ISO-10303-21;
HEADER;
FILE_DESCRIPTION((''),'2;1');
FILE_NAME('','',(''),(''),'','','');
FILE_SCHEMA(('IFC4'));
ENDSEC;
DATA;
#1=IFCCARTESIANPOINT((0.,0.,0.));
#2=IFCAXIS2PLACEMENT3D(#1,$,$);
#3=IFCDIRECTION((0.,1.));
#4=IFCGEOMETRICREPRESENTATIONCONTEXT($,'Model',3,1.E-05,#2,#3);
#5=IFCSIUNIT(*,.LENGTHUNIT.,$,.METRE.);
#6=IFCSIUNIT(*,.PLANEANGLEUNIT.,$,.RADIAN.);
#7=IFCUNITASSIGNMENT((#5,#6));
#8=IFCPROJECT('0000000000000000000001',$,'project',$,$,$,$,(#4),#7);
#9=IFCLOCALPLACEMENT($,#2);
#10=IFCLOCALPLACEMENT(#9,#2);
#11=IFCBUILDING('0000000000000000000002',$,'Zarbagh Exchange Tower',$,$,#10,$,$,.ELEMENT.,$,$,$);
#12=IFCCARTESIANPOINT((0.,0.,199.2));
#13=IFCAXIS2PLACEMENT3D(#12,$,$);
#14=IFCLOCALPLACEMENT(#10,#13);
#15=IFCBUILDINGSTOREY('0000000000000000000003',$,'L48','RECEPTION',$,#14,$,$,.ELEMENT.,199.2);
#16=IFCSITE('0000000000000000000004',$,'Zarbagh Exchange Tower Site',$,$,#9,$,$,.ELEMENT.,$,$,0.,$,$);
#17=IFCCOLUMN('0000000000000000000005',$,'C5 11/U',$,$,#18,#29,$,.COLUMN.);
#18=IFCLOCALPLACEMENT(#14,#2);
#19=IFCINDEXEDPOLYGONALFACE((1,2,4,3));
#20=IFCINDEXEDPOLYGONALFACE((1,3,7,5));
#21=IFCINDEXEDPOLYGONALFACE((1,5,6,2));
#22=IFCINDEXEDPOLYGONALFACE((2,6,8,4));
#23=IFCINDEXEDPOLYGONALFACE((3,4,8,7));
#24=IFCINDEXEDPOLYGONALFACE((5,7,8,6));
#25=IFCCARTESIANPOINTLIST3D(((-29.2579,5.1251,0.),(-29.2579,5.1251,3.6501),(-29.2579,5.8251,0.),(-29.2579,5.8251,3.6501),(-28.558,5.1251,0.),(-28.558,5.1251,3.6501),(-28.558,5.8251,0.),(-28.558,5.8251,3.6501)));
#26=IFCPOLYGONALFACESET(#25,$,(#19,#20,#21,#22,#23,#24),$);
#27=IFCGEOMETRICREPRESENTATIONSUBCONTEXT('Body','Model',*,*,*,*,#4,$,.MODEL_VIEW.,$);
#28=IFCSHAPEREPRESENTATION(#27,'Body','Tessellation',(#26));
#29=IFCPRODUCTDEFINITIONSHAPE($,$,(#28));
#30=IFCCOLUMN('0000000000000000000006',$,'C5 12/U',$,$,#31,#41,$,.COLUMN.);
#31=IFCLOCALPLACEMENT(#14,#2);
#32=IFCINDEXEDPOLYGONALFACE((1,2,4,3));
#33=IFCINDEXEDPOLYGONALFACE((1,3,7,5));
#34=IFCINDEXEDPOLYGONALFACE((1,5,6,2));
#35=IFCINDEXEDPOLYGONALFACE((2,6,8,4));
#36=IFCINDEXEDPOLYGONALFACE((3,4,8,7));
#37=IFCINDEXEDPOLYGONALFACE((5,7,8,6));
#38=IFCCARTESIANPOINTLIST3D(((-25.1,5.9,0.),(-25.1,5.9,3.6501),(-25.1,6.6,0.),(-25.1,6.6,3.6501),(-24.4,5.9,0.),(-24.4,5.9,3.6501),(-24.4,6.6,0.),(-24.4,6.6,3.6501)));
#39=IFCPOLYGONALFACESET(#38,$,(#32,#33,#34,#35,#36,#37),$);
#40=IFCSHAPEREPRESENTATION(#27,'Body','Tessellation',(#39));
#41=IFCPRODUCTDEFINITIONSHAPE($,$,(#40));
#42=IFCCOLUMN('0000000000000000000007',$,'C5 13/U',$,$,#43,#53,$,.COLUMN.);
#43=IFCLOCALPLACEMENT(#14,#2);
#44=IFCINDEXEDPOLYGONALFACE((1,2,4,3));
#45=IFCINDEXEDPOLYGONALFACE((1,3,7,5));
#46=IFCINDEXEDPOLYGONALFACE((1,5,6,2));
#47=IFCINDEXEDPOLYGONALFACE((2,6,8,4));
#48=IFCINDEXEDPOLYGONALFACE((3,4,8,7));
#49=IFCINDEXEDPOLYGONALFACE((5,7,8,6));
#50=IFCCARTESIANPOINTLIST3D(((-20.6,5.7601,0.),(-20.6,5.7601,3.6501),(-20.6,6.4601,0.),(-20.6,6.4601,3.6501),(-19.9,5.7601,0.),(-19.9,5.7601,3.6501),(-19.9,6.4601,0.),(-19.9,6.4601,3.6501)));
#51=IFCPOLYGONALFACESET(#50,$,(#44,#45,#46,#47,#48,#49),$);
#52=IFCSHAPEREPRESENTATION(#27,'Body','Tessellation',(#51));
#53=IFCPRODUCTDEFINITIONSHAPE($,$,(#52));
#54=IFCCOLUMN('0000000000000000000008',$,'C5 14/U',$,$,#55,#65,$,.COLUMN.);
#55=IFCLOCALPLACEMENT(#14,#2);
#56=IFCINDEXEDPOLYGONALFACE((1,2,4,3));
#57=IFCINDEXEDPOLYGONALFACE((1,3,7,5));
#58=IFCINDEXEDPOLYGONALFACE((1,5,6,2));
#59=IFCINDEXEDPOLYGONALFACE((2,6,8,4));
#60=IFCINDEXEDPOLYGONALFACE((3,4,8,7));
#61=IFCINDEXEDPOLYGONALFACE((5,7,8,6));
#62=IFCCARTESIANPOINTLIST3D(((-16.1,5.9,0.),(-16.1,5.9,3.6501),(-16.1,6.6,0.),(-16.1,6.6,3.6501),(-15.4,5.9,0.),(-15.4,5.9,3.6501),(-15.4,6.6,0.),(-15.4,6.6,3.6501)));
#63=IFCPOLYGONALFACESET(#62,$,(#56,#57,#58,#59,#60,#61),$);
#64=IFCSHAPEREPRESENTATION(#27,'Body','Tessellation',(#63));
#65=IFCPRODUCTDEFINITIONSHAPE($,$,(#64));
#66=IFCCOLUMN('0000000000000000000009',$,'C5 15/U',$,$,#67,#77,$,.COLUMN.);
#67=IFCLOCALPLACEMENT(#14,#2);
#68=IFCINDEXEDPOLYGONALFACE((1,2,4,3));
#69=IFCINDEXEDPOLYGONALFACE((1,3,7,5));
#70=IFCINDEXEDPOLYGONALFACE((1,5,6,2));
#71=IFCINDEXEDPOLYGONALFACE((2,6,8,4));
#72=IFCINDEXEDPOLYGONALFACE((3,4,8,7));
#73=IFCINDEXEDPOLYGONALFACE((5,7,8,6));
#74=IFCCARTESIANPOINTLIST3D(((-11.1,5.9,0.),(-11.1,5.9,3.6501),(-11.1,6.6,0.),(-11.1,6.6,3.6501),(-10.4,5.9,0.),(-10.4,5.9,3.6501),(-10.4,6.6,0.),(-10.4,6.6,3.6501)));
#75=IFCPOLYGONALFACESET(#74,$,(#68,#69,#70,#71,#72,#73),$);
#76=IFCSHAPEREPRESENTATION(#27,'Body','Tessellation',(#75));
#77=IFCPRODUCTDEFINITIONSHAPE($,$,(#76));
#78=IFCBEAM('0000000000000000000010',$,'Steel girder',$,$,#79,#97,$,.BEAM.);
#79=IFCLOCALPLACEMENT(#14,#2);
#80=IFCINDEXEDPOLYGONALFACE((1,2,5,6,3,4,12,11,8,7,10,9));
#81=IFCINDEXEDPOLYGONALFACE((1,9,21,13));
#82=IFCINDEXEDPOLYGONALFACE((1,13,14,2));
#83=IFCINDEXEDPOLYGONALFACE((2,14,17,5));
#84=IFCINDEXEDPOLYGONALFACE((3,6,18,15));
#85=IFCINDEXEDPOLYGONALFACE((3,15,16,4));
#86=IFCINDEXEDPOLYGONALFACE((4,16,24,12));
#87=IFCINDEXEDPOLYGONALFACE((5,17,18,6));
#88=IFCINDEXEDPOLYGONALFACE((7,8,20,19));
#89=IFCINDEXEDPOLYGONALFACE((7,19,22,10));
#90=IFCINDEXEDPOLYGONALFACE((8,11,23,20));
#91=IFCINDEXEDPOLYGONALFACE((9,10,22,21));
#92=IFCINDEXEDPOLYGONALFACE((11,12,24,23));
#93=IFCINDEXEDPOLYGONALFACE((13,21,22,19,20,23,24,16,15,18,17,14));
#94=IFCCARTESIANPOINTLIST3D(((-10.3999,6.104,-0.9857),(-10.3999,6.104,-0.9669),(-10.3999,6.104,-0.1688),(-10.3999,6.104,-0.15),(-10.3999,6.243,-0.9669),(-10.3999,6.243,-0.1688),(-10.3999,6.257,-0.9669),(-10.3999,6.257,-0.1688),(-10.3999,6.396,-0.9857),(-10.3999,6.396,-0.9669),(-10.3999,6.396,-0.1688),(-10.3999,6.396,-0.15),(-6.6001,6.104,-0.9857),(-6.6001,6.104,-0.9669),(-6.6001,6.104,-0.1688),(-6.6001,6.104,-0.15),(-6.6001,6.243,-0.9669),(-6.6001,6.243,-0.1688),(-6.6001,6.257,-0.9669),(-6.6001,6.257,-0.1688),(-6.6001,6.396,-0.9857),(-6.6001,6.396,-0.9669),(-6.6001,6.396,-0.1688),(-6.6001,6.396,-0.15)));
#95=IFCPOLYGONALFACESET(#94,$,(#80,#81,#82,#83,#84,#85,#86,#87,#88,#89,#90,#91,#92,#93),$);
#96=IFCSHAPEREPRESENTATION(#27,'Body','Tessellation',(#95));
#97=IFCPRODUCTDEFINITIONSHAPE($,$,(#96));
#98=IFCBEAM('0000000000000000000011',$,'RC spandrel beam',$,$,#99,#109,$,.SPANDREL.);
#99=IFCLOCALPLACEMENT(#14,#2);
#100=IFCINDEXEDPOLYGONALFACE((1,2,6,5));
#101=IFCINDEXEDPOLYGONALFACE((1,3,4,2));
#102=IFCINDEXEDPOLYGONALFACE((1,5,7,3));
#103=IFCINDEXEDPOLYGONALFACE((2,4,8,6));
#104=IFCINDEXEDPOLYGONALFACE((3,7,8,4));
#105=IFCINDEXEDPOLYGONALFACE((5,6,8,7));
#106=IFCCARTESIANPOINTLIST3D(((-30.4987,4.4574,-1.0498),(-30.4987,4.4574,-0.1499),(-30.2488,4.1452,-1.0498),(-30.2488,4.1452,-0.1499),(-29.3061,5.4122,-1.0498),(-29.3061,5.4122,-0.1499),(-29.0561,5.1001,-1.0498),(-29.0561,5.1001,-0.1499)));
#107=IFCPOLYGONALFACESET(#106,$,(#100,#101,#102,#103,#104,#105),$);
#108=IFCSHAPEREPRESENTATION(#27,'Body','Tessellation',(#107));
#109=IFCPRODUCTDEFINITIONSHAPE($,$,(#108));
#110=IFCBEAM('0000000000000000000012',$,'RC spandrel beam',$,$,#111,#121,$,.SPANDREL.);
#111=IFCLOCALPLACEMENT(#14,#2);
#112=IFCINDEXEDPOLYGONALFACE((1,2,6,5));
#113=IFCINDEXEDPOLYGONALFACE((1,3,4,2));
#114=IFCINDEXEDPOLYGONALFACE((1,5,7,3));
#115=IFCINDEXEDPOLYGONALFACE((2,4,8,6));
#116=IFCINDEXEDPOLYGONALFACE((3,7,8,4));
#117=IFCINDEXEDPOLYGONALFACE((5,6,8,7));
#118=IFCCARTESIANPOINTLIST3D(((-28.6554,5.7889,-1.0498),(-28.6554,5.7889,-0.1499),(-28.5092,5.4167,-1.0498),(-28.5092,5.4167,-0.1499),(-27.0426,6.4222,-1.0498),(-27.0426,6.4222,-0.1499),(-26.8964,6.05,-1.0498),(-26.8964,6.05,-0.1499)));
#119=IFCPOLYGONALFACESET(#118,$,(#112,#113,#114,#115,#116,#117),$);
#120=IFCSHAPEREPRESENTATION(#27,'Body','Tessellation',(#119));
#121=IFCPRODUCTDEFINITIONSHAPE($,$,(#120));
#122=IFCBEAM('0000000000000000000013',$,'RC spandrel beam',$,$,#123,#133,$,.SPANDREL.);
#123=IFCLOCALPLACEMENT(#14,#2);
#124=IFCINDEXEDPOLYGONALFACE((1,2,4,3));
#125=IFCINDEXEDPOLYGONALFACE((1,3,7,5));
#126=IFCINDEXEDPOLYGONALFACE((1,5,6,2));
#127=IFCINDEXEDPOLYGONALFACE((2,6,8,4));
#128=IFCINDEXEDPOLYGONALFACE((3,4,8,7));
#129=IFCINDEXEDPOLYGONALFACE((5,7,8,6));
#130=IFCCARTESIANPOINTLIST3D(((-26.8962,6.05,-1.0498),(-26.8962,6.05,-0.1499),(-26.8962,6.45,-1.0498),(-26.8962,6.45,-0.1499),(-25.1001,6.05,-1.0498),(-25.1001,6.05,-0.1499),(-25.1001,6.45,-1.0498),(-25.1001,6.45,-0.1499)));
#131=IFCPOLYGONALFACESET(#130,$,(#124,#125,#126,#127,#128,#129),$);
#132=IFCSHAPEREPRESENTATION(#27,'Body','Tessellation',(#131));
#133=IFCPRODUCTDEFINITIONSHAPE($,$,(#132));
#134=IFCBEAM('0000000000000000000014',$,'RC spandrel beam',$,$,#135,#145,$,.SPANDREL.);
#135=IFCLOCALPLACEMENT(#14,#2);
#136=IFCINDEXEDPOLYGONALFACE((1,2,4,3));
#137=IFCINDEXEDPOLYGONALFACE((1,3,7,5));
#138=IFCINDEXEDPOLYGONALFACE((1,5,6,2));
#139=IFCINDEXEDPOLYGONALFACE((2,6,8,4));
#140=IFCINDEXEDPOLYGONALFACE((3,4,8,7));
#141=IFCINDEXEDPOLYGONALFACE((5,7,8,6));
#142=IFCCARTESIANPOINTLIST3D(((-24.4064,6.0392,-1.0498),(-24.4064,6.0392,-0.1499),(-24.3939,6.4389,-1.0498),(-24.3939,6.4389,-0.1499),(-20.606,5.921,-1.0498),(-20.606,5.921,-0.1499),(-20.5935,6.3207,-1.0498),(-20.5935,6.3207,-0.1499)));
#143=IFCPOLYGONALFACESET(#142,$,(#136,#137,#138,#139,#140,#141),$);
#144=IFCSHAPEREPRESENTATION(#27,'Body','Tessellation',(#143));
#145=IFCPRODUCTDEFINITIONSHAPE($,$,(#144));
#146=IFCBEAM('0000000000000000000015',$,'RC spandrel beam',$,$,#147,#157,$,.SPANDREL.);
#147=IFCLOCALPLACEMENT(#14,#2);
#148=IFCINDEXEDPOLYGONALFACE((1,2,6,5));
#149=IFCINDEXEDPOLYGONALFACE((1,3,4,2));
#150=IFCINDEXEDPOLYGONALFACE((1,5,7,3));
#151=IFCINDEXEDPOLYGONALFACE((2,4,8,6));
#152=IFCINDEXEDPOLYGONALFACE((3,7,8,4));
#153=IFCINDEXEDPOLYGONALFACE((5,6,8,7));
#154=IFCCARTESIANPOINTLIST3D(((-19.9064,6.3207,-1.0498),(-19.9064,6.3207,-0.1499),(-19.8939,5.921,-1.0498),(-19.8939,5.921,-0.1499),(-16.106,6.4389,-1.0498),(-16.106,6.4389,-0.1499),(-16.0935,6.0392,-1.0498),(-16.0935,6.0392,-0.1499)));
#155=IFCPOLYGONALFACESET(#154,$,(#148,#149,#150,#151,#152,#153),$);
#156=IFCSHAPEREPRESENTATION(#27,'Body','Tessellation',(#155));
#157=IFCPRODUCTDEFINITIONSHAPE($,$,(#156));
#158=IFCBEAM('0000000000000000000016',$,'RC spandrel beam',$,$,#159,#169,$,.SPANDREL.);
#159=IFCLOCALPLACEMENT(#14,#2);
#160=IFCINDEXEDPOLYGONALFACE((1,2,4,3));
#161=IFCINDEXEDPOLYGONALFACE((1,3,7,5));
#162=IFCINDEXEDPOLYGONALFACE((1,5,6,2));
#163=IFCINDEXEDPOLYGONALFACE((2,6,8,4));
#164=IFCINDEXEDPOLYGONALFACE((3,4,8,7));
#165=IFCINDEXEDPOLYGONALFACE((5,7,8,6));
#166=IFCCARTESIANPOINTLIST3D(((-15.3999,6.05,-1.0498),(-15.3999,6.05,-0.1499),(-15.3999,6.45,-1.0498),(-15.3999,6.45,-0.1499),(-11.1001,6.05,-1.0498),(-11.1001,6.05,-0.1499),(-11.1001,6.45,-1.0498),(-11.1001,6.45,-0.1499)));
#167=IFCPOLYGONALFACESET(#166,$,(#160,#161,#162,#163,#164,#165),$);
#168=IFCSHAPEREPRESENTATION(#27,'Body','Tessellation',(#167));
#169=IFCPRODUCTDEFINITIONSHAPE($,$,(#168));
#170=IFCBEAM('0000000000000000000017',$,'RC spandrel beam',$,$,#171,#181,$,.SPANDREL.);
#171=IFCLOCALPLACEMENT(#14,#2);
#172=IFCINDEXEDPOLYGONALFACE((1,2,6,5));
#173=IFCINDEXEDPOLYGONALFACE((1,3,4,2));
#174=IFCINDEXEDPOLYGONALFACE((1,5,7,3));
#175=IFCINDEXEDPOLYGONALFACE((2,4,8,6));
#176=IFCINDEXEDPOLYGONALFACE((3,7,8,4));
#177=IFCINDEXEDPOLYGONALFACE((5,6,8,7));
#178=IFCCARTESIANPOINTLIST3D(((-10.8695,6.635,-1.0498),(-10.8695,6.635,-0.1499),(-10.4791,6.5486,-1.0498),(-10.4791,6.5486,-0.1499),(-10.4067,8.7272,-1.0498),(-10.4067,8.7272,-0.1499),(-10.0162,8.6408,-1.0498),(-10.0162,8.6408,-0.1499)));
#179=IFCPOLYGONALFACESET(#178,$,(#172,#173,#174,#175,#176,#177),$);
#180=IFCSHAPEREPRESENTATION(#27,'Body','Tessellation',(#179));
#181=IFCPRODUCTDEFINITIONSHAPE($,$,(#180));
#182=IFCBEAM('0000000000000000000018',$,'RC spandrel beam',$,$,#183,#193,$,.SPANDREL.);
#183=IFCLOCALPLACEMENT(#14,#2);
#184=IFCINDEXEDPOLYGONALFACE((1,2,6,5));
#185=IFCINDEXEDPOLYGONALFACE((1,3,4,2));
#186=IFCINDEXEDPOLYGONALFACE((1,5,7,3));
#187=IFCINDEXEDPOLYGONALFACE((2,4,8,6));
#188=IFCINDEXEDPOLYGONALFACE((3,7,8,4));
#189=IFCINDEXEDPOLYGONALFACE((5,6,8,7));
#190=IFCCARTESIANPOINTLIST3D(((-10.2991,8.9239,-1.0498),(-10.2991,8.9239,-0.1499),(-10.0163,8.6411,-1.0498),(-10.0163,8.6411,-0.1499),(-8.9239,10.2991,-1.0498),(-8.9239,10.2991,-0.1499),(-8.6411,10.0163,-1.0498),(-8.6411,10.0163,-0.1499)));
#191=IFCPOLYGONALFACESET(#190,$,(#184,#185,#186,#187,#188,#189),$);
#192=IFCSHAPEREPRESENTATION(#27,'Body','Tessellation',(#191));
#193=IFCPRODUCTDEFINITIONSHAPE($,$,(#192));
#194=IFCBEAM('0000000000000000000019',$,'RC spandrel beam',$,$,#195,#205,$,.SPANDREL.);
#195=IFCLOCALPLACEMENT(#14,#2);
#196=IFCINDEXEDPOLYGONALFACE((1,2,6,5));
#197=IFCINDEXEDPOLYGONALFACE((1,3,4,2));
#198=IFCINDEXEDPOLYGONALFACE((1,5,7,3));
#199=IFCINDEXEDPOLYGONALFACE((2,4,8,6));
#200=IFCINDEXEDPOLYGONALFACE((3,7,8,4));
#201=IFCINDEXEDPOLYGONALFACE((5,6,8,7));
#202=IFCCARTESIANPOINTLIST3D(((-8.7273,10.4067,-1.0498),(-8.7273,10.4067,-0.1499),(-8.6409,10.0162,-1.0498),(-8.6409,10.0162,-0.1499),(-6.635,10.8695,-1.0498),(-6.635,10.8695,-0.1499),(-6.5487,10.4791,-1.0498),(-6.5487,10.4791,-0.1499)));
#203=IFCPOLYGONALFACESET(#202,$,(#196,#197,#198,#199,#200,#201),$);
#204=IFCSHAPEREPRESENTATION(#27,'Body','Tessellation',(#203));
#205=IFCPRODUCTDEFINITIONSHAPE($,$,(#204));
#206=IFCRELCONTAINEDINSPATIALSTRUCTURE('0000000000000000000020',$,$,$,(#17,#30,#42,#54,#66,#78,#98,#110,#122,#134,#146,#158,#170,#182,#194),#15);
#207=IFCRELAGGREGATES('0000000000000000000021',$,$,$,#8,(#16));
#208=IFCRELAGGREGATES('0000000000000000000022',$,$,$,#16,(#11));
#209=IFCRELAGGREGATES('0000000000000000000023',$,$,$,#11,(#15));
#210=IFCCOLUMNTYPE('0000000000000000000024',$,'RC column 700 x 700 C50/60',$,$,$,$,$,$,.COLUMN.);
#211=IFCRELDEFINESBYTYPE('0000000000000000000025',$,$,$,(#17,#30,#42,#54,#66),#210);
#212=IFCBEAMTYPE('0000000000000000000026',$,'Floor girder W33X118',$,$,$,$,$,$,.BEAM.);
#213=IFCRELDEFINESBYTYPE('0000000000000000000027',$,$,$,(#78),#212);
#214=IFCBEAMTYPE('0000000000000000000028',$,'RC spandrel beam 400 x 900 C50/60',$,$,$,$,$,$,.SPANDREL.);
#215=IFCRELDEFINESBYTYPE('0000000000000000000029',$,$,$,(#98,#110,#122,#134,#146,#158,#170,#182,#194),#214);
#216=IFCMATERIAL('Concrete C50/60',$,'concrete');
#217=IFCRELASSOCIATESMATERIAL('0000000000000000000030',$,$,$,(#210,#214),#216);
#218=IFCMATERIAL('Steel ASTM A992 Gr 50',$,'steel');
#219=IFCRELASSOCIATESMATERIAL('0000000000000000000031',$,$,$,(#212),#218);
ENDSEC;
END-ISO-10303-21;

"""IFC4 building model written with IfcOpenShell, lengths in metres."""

from ifc_helpers import new_model, si_unit, direction, frame, origin, origin_2d, place, context, subcontext, project, spatial, rectangle, i_section, extrude, material, material_profile, profile_set, type_object, element, save


model = new_model("IFC4")

# Units and contexts
model_context = context("Model", 3, precision=1e-05, world=origin(), true_north=direction((0.0, 1.0)))
body_context = subcontext(model_context, "Body", "Model", "MODEL_VIEW")
ifc_project = project(units=[si_unit("LENGTHUNIT", "METRE"), si_unit("PLANEANGLEUNIT", "RADIAN")], contexts=[model_context])

# Site, building, storey
site_placement = place(None, origin())
site = spatial("IfcSite", under=ifc_project, at=site_placement, Name="Zarbagh Exchange Tower Site", CompositionType="ELEMENT", RefElevation=0.0)
building_placement = place(site_placement, origin())
building = spatial("IfcBuilding", under=site, at=building_placement, Name="Zarbagh Exchange Tower", CompositionType="ELEMENT")
storey_placement = place(building_placement, frame((0.0, 0.0, 199.2)))
storey = spatial("IfcBuildingStorey", under=building, at=storey_placement, Name="L48", Description="RECEPTION", CompositionType="ELEMENT", Elevation=199.2)

# Columns
ifc_material_1 = material(Name="Concrete C50/60", Category="concrete")
ifc_material_profile_1 = material_profile(ifc_material_1, rectangle(XDim=0.7, YDim=0.7, at=origin_2d()), Name="RC column 700 x 700 C50/60")
ifc_profile_set_1 = profile_set([ifc_material_profile_1], Name="Concrete C50/60")
column_type = type_object("IfcColumnType", Name="RC column 700 x 700 C50/60", PredefinedType="COLUMN", material=ifc_profile_set_1)
for number, where, z_axis, x_axis, name in (
    (1, (-28.908, 5.4751, 0.0), (0.0, 0.0, 1.0), (1.0, 0.0, 0.0), "C5 11/U"),
    (2, (-24.75, 6.25, 0.0), (0.0, 0.0, 1.0), (1.0, 0.0, 0.0), "C5 12/U"),
    (3, (-20.25, 6.1101, 0.0), (0.0, 0.0, 1.0), (1.0, 0.0, 0.0), "C5 13/U"),
    (4, (-15.75, 6.25, 0.0), (0.0, 0.0, 1.0), (1.0, 0.0, 0.0), "C5 14/U"),
    (5, (-10.75, 6.25, 0.0), (0.0, 0.0, 1.0), (1.0, 0.0, 0.0), "C5 15/U"),
):
    element("IfcColumn", number, at=place(storey_placement, frame(where, z_axis=z_axis, x_axis=x_axis)), inside=storey, type_object=column_type, Name=name, PredefinedType="COLUMN", context=body_context, shape_type="SweptSolid", body=[
        extrude(rectangle(XDim=0.7, YDim=0.7, at=origin_2d()), origin(), (0.0, 0.0, 1.0), 3.6501),
    ])

# Beams
ifc_material_2 = material(Name="Steel ASTM A992 Gr 50", Category="steel")
ifc_material_profile_2 = material_profile(ifc_material_2, i_section(OverallWidth=0.292, OverallDepth=0.8357, WebThickness=0.0139, FlangeThickness=0.0188, at=origin_2d()), Name="W33X118")
ifc_profile_set_2 = profile_set([ifc_material_profile_2], Name="Steel ASTM A992 Gr 50")
beam_type_1 = type_object("IfcBeamType", Name="Floor girder W33X118", PredefinedType="BEAM", material=ifc_profile_set_2)
beam_1_placement = place(storey_placement, frame((-10.3999, 6.25, -0.5679), z_axis=(1.0, 0.0, 0.0), x_axis=(0.0, 1.0, 0.0)))
element("IfcBeam", 6, at=beam_1_placement, inside=storey, type_object=beam_type_1, Name="Steel girder", PredefinedType="BEAM", context=body_context, shape_type="SweptSolid", body=[
    extrude(i_section(OverallWidth=0.292, OverallDepth=0.8357, WebThickness=0.0139, FlangeThickness=0.0188, at=origin_2d()), origin(), (0.0, 0.0, 1.0), 3.7998),
])
ifc_material_profile_3 = material_profile(ifc_material_1, rectangle(XDim=0.3999, YDim=0.8999, at=origin_2d()), Name="RC spandrel beam 400 x 900 C50/60")
ifc_profile_set_3 = profile_set([ifc_material_profile_3], Name="Concrete C50/60")
beam_type_2 = type_object("IfcBeamType", Name="RC spandrel beam 400 x 900 C50/60", PredefinedType="SPANDREL", material=ifc_profile_set_3)
beam_2_placement = place(storey_placement, frame((-30.3738, 4.3013, -0.5999), z_axis=(0.780635, 0.624987, 0.0), x_axis=(-0.624987, 0.780635, 0.0)))
element("IfcBeam", 7, at=beam_2_placement, inside=storey, type_object=beam_type_2, Name="RC spandrel beam", PredefinedType="SPANDREL", context=body_context, shape_type="SweptSolid", body=[
    extrude(rectangle(XDim=0.3999, YDim=0.8999, at=origin_2d()), origin(), (0.0, 0.0, 1.0), 1.5278),
])
beam_3_placement = place(storey_placement, frame((-28.5823, 5.6028, -0.5999), z_axis=(0.93081, 0.365504, 0.0), x_axis=(-0.365504, 0.93081, 0.0)))
element("IfcBeam", 8, at=beam_3_placement, inside=storey, type_object=beam_type_2, Name="RC spandrel beam", PredefinedType="SPANDREL", context=body_context, shape_type="SweptSolid", body=[
    extrude(rectangle(XDim=0.3999, YDim=0.8999, at=origin_2d()), origin(), (0.0, 0.0, 1.0), 1.7327),
])
beam_4_placement = place(storey_placement, frame((-26.8962, 6.25, -0.5999), z_axis=(1.0, 0.0, 0.0), x_axis=(0.0, 1.0, 0.0)))
element("IfcBeam", 9, at=beam_4_placement, inside=storey, type_object=beam_type_2, Name="RC spandrel beam", PredefinedType="SPANDREL", context=body_context, shape_type="SweptSolid", body=[
    extrude(rectangle(XDim=0.3999, YDim=0.8999, at=origin_2d()), origin(), (0.0, 0.0, 1.0), 1.7961),
])
for number, where, z_axis, x_axis, name in (
    (10, (-24.4001, 6.239, -0.5999), (0.999517, -0.031078, 0.0), (0.031078, 0.999517, 0.0), "RC spandrel beam"),
    (11, (-19.9001, 6.1208, -0.5999), (0.999517, 0.031078, 0.0), (-0.031078, 0.999517, 0.0), "RC spandrel beam"),
):
    element("IfcBeam", number, at=place(storey_placement, frame(where, z_axis=z_axis, x_axis=x_axis)), inside=storey, type_object=beam_type_2, Name=name, PredefinedType="SPANDREL", context=body_context, shape_type="SweptSolid", body=[
        extrude(rectangle(XDim=0.3999, YDim=0.8999, at=origin_2d()), origin(), (0.0, 0.0, 1.0), 3.8022),
    ])
beam_5_placement = place(storey_placement, frame((-15.3999, 6.25, -0.5999), z_axis=(1.0, 0.0, 0.0), x_axis=(0.0, 1.0, 0.0)))
element("IfcBeam", 12, at=beam_5_placement, inside=storey, type_object=beam_type_2, Name="RC spandrel beam", PredefinedType="SPANDREL", context=body_context, shape_type="SweptSolid", body=[
    extrude(rectangle(XDim=0.3999, YDim=0.8999, at=origin_2d()), origin(), (0.0, 0.0, 1.0), 4.2998),
])
beam_6_placement = place(storey_placement, frame((-10.6743, 6.5918, -0.5999), z_axis=(0.216014, 0.97639, 0.0), x_axis=(-0.97639, 0.216014, 0.0)))
element("IfcBeam", 13, at=beam_6_placement, inside=storey, type_object=beam_type_2, Name="RC spandrel beam", PredefinedType="SPANDREL", context=body_context, shape_type="SweptSolid", body=[
    extrude(rectangle(XDim=0.3999, YDim=0.8999, at=origin_2d()), origin(), (0.0, 0.0, 1.0), 2.1428),
])
beam_7_placement = place(storey_placement, frame((-10.1577, 8.7825, -0.5999), z_axis=(0.707107, 0.707107, 0.0), x_axis=(-0.707107, 0.707107, 0.0)))
element("IfcBeam", 14, at=beam_7_placement, inside=storey, type_object=beam_type_2, Name="RC spandrel beam", PredefinedType="SPANDREL", context=body_context, shape_type="SweptSolid", body=[
    extrude(rectangle(XDim=0.3999, YDim=0.8999, at=origin_2d()), origin(), (0.0, 0.0, 1.0), 1.9448),
])
beam_8_placement = place(storey_placement, frame((-8.6841, 10.2114, -0.5999), z_axis=(0.97639, 0.216014, 0.0), x_axis=(-0.216014, 0.97639, 0.0)))
element("IfcBeam", 15, at=beam_8_placement, inside=storey, type_object=beam_type_2, Name="RC spandrel beam", PredefinedType="SPANDREL", context=body_context, shape_type="SweptSolid", body=[
    extrude(rectangle(XDim=0.3999, YDim=0.8999, at=origin_2d()), origin(), (0.0, 0.0, 1.0), 2.1428),
])

save(model, "model.ifc")
